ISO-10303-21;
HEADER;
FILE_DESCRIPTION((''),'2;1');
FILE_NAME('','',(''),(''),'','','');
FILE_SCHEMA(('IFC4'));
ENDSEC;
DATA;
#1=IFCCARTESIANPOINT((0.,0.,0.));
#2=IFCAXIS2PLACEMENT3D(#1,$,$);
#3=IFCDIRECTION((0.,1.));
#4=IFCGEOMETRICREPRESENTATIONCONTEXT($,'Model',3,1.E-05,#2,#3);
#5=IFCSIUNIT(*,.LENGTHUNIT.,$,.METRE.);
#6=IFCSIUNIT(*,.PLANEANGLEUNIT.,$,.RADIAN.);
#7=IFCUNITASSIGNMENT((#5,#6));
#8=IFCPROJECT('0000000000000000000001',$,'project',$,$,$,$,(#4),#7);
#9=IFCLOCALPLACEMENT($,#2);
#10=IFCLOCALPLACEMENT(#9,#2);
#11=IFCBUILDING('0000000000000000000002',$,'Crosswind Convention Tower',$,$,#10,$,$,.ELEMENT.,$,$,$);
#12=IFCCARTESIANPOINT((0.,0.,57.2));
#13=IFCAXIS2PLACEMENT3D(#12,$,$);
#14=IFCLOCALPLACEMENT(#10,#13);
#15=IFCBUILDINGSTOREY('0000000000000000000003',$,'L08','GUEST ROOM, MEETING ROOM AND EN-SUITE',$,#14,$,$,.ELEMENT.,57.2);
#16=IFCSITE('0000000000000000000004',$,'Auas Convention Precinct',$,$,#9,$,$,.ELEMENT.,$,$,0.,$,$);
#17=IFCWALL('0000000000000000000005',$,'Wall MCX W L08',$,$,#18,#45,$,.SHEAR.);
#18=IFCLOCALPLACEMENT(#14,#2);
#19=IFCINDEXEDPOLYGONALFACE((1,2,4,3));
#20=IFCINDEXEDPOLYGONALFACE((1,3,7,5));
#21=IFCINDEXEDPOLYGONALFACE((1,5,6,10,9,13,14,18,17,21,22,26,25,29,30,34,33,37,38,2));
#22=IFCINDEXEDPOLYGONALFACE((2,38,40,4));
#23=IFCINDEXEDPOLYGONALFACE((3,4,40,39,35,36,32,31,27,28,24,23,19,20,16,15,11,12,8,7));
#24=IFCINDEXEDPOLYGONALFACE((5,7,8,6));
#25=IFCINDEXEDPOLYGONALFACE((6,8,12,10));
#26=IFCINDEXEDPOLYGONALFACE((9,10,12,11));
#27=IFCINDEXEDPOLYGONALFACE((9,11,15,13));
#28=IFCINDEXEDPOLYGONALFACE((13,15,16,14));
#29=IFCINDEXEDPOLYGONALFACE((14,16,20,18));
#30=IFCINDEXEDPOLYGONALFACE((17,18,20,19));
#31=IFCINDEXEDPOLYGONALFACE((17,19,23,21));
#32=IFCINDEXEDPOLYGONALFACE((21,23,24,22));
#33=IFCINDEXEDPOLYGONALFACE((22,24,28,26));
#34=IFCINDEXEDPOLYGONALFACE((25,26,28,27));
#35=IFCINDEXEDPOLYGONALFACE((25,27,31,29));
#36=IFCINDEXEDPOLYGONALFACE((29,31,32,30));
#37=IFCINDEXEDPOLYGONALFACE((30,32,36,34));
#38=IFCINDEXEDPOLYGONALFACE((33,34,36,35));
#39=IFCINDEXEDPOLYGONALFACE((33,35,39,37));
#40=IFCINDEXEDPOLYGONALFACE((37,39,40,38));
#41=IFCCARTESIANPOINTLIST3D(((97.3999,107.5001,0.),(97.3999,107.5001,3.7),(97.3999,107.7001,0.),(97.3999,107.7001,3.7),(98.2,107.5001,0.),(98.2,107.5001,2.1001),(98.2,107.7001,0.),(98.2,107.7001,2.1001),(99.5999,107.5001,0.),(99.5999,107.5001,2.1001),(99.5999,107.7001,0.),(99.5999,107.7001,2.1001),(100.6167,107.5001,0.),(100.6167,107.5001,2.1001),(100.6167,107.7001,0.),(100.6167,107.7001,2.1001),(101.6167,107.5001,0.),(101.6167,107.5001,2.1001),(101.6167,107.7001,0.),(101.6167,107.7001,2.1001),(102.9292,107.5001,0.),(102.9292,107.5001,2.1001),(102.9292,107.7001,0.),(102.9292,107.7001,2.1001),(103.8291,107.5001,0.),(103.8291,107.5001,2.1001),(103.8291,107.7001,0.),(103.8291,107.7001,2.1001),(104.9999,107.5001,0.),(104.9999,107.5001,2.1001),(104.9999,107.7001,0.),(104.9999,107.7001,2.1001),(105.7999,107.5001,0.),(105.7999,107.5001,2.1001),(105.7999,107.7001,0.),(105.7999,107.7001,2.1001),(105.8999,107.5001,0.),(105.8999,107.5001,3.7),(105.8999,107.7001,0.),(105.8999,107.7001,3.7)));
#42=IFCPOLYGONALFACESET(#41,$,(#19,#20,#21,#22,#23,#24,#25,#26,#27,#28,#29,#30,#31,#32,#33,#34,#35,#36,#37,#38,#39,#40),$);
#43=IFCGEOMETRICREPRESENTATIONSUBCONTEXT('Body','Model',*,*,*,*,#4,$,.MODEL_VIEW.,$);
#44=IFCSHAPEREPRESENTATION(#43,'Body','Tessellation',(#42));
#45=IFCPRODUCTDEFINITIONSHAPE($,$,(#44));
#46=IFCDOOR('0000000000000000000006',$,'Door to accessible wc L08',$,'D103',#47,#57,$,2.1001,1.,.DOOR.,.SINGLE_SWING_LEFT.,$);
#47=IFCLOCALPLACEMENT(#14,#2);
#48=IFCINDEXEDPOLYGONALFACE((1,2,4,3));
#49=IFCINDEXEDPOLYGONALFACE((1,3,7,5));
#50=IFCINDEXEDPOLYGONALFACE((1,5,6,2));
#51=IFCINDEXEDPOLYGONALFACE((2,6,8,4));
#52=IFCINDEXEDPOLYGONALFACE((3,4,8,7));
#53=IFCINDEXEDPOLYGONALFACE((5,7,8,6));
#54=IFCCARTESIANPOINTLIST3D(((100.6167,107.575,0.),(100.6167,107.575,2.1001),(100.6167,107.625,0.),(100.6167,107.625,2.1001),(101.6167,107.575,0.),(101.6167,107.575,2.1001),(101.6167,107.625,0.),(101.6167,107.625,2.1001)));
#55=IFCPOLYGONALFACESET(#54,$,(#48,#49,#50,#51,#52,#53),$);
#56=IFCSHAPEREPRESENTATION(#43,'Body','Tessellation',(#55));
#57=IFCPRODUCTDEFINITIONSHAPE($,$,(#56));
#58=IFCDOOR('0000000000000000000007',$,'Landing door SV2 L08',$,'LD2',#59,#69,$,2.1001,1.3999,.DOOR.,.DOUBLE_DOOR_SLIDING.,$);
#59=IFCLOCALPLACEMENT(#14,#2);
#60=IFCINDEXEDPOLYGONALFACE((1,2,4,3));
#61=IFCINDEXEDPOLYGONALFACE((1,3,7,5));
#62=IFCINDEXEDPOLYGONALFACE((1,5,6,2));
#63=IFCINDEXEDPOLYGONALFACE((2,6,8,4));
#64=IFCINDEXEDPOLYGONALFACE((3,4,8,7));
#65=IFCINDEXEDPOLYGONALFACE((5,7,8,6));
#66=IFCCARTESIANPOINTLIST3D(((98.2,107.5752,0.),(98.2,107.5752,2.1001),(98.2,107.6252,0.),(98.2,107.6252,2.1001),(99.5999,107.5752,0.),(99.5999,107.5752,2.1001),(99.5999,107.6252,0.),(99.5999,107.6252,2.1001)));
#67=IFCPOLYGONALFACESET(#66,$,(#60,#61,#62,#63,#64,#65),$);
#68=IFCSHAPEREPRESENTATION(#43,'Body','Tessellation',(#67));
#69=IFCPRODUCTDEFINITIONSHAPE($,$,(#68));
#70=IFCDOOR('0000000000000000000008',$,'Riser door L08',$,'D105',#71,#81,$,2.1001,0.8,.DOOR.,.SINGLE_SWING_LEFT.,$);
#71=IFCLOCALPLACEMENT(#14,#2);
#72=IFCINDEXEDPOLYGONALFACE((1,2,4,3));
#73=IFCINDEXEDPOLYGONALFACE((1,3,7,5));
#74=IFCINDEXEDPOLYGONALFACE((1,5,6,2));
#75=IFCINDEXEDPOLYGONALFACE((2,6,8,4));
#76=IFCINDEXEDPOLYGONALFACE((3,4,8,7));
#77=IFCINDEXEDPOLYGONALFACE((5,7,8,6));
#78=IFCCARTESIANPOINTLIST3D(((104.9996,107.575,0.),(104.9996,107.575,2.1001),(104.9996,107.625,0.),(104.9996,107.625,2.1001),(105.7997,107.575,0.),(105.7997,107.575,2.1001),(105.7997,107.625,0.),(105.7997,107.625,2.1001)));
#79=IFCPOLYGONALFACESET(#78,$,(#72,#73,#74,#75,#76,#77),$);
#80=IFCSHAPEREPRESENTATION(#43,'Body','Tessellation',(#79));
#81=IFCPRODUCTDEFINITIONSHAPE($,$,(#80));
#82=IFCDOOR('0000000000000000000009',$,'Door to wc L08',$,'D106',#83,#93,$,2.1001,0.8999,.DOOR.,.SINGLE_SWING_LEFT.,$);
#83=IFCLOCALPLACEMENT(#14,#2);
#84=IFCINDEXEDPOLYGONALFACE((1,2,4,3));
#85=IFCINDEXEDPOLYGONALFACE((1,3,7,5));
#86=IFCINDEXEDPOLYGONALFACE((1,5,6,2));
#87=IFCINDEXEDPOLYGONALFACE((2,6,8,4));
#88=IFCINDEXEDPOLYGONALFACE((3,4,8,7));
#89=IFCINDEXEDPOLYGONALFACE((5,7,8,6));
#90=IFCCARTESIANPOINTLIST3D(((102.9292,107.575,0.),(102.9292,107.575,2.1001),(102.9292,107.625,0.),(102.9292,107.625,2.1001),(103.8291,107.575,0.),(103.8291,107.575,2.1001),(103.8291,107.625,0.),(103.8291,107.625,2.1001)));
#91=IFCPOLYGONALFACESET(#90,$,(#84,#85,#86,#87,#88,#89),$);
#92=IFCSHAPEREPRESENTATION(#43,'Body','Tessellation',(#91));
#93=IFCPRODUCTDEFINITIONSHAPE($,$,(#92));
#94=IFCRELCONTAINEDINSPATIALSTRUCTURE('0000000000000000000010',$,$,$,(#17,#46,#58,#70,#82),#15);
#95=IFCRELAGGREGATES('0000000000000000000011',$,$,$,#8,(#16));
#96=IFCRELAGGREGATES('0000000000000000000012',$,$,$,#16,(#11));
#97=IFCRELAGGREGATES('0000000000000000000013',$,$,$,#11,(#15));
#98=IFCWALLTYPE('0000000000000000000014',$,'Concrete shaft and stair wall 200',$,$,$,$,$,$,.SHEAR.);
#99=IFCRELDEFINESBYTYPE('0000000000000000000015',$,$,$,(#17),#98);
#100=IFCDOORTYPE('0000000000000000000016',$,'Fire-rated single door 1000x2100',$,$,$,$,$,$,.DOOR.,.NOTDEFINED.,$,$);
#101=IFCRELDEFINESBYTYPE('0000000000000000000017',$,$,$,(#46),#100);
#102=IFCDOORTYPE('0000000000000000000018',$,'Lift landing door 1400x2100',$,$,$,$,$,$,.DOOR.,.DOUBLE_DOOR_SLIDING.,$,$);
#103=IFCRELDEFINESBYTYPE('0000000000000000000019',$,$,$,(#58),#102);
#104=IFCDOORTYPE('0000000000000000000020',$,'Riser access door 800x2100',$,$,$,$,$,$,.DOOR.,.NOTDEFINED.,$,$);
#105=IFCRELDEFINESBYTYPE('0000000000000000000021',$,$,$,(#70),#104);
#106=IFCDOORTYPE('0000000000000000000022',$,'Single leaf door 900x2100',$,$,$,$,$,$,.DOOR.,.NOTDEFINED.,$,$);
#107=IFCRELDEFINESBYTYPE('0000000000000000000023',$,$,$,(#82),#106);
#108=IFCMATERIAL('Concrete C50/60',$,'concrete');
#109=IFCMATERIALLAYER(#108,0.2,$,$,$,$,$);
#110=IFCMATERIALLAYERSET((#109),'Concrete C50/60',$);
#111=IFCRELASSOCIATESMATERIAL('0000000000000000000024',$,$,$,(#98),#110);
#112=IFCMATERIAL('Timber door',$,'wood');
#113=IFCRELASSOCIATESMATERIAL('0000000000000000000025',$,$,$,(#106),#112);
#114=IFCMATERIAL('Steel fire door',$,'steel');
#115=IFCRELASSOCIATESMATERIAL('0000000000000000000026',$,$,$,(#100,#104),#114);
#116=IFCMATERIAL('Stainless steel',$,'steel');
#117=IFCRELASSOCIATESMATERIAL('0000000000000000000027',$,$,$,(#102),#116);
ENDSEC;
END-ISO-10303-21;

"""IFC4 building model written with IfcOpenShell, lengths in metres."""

from ifc_helpers import new_model, si_unit, direction, frame, frame_2d, origin, place, context, subcontext, project, spatial, rectangle, extrude, material, layer, layer_set, type_object, element, fill, save


model = new_model("IFC4")

# Units and contexts
model_context = context("Model", 3, precision=1e-05, world=origin(), true_north=direction((0.0, 1.0)))
body_context = subcontext(model_context, "Body", "Model", "MODEL_VIEW")
ifc_project = project(units=[si_unit("LENGTHUNIT", "METRE"), si_unit("PLANEANGLEUNIT", "RADIAN")], contexts=[model_context])

# Site, building, storey
site_placement = place(None, origin())
site = spatial("IfcSite", under=ifc_project, at=site_placement, Name="Auas Convention Precinct", CompositionType="ELEMENT", RefElevation=0.0)
building_placement = place(site_placement, origin())
building = spatial("IfcBuilding", under=site, at=building_placement, Name="Crosswind Convention Tower", CompositionType="ELEMENT")
storey_placement = place(building_placement, frame((0.0, 0.0, 57.2)))
storey = spatial("IfcBuildingStorey", under=building, at=storey_placement, Name="L08", Description="GUEST ROOM, MEETING ROOM AND EN-SUITE", CompositionType="ELEMENT", Elevation=57.2)

# Shared definitions
ifc_material_1 = material(Name="Concrete C50/60", Category="concrete")

# Shared definitions
ifc_layer_1 = layer(ifc_material_1, 0.2)
ifc_layer_set_1 = layer_set([ifc_layer_1], Name="Concrete C50/60")
wall_type_1 = type_object("IfcWallType", Name="Concrete shaft and stair wall 200", PredefinedType="SHEAR", material=ifc_layer_set_1)

# Shared definitions
ifc_material_2 = material(Name="Timber door", Category="wood")
door_type_1 = type_object("IfcDoorType", Name="Single leaf door 900x2100", OperationType="NOTDEFINED", PredefinedType="DOOR", material=ifc_material_2)

# Shared definitions
ifc_material_3 = material(Name="Steel fire door", Category="steel")
door_type_2 = type_object("IfcDoorType", Name="Fire-rated single door 1000x2100", OperationType="NOTDEFINED", PredefinedType="DOOR", material=ifc_material_3)

# Wall, openings, doors
wall_1_placement = place(storey_placement, frame((105.8999, 107.6001, 0.0), z_axis=(0.0, 0.0, 1.0), x_axis=(-1.0, 0.0, 0.0)))
wall_1 = element("IfcWall", 1, at=wall_1_placement, inside=storey, type_object=wall_type_1, Name="Wall MCX W L08", PredefinedType="SHEAR", context=body_context, shape_type="SweptSolid", body=[
    extrude(rectangle(XDim=8.5, YDim=0.2, at=frame_2d((4.25, 0.0))), origin(), (0.0, 0.0, 1.0), 3.7),
])
opening_1_placement = place(wall_1_placement, frame((0.1001, 0.0, 0.0)))
opening_1 = element("IfcOpeningElement", 2, at=opening_1_placement, cuts=wall_1, PredefinedType="OPENING", context=body_context, shape_type="SweptSolid", body=[
    extrude(rectangle(XDim=0.8, YDim=2.1001, at=frame_2d((0.3999, 1.05))), frame((0.0, 0.1099, 0.0), z_axis=(0.0, -1.0, 0.0), x_axis=(1.0, 0.0, 0.0)), (0.0, 0.0, 1.0), 0.22),
])
opening_2_placement = place(wall_1_placement, frame((2.0708, 0.0, 0.0)))
opening_2 = element("IfcOpeningElement", 3, at=opening_2_placement, cuts=wall_1, PredefinedType="OPENING", context=body_context, shape_type="SweptSolid", body=[
    extrude(rectangle(XDim=0.8999, YDim=2.1001, at=frame_2d((0.45, 1.05))), frame((0.0, 0.1099, 0.0), z_axis=(0.0, -1.0, 0.0), x_axis=(1.0, 0.0, 0.0)), (0.0, 0.0, 1.0), 0.22),
])
opening_3_placement = place(wall_1_placement, frame((4.2832, 0.0, 0.0)))
opening_3 = element("IfcOpeningElement", 4, at=opening_3_placement, cuts=wall_1, PredefinedType="OPENING", context=body_context, shape_type="SweptSolid", body=[
    extrude(rectangle(XDim=1.0, YDim=2.1001, at=frame_2d((0.5, 1.05))), frame((0.0, 0.1099, 0.0), z_axis=(0.0, -1.0, 0.0), x_axis=(1.0, 0.0, 0.0)), (0.0, 0.0, 1.0), 0.22),
])
opening_4_placement = place(wall_1_placement, frame((6.3, 0.0, 0.0)))
opening_4 = element("IfcOpeningElement", 5, at=opening_4_placement, cuts=wall_1, PredefinedType="OPENING", context=body_context, shape_type="SweptSolid", body=[
    extrude(rectangle(XDim=1.3999, YDim=2.1001, at=frame_2d((0.7, 1.05))), frame((0.0, 0.1099, 0.0), z_axis=(0.0, -1.0, 0.0), x_axis=(1.0, 0.0, 0.0)), (0.0, 0.0, 1.0), 0.22),
])
door_1_placement = place(opening_3_placement, frame((1.0, 0.0, 0.0), z_axis=(0.0, 0.0, 1.0), x_axis=(-1.0, 0.0, 0.0)))
door_1 = element("IfcDoor", 6, at=door_1_placement, inside=storey, type_object=door_type_2, Name="Door to accessible wc L08", ObjectType="D103", OperationType="SINGLE_SWING_LEFT", OverallHeight=2.1001, OverallWidth=1.0, PredefinedType="DOOR", context=body_context, shape_type="SweptSolid", body=[
    extrude(rectangle(XDim=1.0, YDim=2.1001, at=frame_2d((0.5, 1.05))), frame((0.0, 0.0249, 0.0), z_axis=(0.0, -1.0, 0.0), x_axis=(1.0, 0.0, 0.0)), (0.0, 0.0, 1.0), 0.05),
])
fill(opening_3, door_1)
ifc_material_4 = material(Name="Stainless steel", Category="steel")
door_type_3 = type_object("IfcDoorType", Name="Lift landing door 1400x2100", OperationType="DOUBLE_DOOR_SLIDING", PredefinedType="DOOR", material=ifc_material_4)
door_2_placement = place(opening_4_placement, origin())
door_2 = element("IfcDoor", 7, at=door_2_placement, inside=storey, type_object=door_type_3, Name="Landing door SV2 L08", ObjectType="LD2", OperationType="DOUBLE_DOOR_SLIDING", OverallHeight=2.1001, OverallWidth=1.3999, PredefinedType="DOOR", context=body_context, shape_type="SweptSolid", body=[
    extrude(rectangle(XDim=1.3999, YDim=2.1001, at=frame_2d((0.7, 1.05))), frame((0.0, 0.0249, 0.0), z_axis=(0.0, -1.0, 0.0), x_axis=(1.0, 0.0, 0.0)), (0.0, 0.0, 1.0), 0.05),
])
fill(opening_4, door_2)
door_type_4 = type_object("IfcDoorType", Name="Riser access door 800x2100", OperationType="NOTDEFINED", PredefinedType="DOOR", material=ifc_material_3)
door_3_placement = place(opening_1_placement, frame((0.8, 0.0, 0.0), z_axis=(0.0, 0.0, 1.0), x_axis=(-1.0, 0.0, 0.0)))
door_3 = element("IfcDoor", 8, at=door_3_placement, inside=storey, type_object=door_type_4, Name="Riser door L08", ObjectType="D105", OperationType="SINGLE_SWING_LEFT", OverallHeight=2.1001, OverallWidth=0.8, PredefinedType="DOOR", context=body_context, shape_type="SweptSolid", body=[
    extrude(rectangle(XDim=0.8, YDim=2.1001, at=frame_2d((0.3999, 1.05))), frame((0.0, 0.0249, 0.0), z_axis=(0.0, -1.0, 0.0), x_axis=(1.0, 0.0, 0.0)), (0.0, 0.0, 1.0), 0.05),
])
fill(opening_1, door_3)
door_4_placement = place(opening_2_placement, frame((0.8999, 0.0, 0.0), z_axis=(0.0, 0.0, 1.0), x_axis=(-1.0, 0.0, 0.0)))
door_4 = element("IfcDoor", 9, at=door_4_placement, inside=storey, type_object=door_type_1, Name="Door to wc L08", ObjectType="D106", OperationType="SINGLE_SWING_LEFT", OverallHeight=2.1001, OverallWidth=0.8999, PredefinedType="DOOR", context=body_context, shape_type="SweptSolid", body=[
    extrude(rectangle(XDim=0.8999, YDim=2.1001, at=frame_2d((0.45, 1.05))), frame((0.0, 0.0249, 0.0), z_axis=(0.0, -1.0, 0.0), x_axis=(1.0, 0.0, 0.0)), (0.0, 0.0, 1.0), 0.05),
])
fill(opening_2, door_4)

save(model, "model.ifc")
